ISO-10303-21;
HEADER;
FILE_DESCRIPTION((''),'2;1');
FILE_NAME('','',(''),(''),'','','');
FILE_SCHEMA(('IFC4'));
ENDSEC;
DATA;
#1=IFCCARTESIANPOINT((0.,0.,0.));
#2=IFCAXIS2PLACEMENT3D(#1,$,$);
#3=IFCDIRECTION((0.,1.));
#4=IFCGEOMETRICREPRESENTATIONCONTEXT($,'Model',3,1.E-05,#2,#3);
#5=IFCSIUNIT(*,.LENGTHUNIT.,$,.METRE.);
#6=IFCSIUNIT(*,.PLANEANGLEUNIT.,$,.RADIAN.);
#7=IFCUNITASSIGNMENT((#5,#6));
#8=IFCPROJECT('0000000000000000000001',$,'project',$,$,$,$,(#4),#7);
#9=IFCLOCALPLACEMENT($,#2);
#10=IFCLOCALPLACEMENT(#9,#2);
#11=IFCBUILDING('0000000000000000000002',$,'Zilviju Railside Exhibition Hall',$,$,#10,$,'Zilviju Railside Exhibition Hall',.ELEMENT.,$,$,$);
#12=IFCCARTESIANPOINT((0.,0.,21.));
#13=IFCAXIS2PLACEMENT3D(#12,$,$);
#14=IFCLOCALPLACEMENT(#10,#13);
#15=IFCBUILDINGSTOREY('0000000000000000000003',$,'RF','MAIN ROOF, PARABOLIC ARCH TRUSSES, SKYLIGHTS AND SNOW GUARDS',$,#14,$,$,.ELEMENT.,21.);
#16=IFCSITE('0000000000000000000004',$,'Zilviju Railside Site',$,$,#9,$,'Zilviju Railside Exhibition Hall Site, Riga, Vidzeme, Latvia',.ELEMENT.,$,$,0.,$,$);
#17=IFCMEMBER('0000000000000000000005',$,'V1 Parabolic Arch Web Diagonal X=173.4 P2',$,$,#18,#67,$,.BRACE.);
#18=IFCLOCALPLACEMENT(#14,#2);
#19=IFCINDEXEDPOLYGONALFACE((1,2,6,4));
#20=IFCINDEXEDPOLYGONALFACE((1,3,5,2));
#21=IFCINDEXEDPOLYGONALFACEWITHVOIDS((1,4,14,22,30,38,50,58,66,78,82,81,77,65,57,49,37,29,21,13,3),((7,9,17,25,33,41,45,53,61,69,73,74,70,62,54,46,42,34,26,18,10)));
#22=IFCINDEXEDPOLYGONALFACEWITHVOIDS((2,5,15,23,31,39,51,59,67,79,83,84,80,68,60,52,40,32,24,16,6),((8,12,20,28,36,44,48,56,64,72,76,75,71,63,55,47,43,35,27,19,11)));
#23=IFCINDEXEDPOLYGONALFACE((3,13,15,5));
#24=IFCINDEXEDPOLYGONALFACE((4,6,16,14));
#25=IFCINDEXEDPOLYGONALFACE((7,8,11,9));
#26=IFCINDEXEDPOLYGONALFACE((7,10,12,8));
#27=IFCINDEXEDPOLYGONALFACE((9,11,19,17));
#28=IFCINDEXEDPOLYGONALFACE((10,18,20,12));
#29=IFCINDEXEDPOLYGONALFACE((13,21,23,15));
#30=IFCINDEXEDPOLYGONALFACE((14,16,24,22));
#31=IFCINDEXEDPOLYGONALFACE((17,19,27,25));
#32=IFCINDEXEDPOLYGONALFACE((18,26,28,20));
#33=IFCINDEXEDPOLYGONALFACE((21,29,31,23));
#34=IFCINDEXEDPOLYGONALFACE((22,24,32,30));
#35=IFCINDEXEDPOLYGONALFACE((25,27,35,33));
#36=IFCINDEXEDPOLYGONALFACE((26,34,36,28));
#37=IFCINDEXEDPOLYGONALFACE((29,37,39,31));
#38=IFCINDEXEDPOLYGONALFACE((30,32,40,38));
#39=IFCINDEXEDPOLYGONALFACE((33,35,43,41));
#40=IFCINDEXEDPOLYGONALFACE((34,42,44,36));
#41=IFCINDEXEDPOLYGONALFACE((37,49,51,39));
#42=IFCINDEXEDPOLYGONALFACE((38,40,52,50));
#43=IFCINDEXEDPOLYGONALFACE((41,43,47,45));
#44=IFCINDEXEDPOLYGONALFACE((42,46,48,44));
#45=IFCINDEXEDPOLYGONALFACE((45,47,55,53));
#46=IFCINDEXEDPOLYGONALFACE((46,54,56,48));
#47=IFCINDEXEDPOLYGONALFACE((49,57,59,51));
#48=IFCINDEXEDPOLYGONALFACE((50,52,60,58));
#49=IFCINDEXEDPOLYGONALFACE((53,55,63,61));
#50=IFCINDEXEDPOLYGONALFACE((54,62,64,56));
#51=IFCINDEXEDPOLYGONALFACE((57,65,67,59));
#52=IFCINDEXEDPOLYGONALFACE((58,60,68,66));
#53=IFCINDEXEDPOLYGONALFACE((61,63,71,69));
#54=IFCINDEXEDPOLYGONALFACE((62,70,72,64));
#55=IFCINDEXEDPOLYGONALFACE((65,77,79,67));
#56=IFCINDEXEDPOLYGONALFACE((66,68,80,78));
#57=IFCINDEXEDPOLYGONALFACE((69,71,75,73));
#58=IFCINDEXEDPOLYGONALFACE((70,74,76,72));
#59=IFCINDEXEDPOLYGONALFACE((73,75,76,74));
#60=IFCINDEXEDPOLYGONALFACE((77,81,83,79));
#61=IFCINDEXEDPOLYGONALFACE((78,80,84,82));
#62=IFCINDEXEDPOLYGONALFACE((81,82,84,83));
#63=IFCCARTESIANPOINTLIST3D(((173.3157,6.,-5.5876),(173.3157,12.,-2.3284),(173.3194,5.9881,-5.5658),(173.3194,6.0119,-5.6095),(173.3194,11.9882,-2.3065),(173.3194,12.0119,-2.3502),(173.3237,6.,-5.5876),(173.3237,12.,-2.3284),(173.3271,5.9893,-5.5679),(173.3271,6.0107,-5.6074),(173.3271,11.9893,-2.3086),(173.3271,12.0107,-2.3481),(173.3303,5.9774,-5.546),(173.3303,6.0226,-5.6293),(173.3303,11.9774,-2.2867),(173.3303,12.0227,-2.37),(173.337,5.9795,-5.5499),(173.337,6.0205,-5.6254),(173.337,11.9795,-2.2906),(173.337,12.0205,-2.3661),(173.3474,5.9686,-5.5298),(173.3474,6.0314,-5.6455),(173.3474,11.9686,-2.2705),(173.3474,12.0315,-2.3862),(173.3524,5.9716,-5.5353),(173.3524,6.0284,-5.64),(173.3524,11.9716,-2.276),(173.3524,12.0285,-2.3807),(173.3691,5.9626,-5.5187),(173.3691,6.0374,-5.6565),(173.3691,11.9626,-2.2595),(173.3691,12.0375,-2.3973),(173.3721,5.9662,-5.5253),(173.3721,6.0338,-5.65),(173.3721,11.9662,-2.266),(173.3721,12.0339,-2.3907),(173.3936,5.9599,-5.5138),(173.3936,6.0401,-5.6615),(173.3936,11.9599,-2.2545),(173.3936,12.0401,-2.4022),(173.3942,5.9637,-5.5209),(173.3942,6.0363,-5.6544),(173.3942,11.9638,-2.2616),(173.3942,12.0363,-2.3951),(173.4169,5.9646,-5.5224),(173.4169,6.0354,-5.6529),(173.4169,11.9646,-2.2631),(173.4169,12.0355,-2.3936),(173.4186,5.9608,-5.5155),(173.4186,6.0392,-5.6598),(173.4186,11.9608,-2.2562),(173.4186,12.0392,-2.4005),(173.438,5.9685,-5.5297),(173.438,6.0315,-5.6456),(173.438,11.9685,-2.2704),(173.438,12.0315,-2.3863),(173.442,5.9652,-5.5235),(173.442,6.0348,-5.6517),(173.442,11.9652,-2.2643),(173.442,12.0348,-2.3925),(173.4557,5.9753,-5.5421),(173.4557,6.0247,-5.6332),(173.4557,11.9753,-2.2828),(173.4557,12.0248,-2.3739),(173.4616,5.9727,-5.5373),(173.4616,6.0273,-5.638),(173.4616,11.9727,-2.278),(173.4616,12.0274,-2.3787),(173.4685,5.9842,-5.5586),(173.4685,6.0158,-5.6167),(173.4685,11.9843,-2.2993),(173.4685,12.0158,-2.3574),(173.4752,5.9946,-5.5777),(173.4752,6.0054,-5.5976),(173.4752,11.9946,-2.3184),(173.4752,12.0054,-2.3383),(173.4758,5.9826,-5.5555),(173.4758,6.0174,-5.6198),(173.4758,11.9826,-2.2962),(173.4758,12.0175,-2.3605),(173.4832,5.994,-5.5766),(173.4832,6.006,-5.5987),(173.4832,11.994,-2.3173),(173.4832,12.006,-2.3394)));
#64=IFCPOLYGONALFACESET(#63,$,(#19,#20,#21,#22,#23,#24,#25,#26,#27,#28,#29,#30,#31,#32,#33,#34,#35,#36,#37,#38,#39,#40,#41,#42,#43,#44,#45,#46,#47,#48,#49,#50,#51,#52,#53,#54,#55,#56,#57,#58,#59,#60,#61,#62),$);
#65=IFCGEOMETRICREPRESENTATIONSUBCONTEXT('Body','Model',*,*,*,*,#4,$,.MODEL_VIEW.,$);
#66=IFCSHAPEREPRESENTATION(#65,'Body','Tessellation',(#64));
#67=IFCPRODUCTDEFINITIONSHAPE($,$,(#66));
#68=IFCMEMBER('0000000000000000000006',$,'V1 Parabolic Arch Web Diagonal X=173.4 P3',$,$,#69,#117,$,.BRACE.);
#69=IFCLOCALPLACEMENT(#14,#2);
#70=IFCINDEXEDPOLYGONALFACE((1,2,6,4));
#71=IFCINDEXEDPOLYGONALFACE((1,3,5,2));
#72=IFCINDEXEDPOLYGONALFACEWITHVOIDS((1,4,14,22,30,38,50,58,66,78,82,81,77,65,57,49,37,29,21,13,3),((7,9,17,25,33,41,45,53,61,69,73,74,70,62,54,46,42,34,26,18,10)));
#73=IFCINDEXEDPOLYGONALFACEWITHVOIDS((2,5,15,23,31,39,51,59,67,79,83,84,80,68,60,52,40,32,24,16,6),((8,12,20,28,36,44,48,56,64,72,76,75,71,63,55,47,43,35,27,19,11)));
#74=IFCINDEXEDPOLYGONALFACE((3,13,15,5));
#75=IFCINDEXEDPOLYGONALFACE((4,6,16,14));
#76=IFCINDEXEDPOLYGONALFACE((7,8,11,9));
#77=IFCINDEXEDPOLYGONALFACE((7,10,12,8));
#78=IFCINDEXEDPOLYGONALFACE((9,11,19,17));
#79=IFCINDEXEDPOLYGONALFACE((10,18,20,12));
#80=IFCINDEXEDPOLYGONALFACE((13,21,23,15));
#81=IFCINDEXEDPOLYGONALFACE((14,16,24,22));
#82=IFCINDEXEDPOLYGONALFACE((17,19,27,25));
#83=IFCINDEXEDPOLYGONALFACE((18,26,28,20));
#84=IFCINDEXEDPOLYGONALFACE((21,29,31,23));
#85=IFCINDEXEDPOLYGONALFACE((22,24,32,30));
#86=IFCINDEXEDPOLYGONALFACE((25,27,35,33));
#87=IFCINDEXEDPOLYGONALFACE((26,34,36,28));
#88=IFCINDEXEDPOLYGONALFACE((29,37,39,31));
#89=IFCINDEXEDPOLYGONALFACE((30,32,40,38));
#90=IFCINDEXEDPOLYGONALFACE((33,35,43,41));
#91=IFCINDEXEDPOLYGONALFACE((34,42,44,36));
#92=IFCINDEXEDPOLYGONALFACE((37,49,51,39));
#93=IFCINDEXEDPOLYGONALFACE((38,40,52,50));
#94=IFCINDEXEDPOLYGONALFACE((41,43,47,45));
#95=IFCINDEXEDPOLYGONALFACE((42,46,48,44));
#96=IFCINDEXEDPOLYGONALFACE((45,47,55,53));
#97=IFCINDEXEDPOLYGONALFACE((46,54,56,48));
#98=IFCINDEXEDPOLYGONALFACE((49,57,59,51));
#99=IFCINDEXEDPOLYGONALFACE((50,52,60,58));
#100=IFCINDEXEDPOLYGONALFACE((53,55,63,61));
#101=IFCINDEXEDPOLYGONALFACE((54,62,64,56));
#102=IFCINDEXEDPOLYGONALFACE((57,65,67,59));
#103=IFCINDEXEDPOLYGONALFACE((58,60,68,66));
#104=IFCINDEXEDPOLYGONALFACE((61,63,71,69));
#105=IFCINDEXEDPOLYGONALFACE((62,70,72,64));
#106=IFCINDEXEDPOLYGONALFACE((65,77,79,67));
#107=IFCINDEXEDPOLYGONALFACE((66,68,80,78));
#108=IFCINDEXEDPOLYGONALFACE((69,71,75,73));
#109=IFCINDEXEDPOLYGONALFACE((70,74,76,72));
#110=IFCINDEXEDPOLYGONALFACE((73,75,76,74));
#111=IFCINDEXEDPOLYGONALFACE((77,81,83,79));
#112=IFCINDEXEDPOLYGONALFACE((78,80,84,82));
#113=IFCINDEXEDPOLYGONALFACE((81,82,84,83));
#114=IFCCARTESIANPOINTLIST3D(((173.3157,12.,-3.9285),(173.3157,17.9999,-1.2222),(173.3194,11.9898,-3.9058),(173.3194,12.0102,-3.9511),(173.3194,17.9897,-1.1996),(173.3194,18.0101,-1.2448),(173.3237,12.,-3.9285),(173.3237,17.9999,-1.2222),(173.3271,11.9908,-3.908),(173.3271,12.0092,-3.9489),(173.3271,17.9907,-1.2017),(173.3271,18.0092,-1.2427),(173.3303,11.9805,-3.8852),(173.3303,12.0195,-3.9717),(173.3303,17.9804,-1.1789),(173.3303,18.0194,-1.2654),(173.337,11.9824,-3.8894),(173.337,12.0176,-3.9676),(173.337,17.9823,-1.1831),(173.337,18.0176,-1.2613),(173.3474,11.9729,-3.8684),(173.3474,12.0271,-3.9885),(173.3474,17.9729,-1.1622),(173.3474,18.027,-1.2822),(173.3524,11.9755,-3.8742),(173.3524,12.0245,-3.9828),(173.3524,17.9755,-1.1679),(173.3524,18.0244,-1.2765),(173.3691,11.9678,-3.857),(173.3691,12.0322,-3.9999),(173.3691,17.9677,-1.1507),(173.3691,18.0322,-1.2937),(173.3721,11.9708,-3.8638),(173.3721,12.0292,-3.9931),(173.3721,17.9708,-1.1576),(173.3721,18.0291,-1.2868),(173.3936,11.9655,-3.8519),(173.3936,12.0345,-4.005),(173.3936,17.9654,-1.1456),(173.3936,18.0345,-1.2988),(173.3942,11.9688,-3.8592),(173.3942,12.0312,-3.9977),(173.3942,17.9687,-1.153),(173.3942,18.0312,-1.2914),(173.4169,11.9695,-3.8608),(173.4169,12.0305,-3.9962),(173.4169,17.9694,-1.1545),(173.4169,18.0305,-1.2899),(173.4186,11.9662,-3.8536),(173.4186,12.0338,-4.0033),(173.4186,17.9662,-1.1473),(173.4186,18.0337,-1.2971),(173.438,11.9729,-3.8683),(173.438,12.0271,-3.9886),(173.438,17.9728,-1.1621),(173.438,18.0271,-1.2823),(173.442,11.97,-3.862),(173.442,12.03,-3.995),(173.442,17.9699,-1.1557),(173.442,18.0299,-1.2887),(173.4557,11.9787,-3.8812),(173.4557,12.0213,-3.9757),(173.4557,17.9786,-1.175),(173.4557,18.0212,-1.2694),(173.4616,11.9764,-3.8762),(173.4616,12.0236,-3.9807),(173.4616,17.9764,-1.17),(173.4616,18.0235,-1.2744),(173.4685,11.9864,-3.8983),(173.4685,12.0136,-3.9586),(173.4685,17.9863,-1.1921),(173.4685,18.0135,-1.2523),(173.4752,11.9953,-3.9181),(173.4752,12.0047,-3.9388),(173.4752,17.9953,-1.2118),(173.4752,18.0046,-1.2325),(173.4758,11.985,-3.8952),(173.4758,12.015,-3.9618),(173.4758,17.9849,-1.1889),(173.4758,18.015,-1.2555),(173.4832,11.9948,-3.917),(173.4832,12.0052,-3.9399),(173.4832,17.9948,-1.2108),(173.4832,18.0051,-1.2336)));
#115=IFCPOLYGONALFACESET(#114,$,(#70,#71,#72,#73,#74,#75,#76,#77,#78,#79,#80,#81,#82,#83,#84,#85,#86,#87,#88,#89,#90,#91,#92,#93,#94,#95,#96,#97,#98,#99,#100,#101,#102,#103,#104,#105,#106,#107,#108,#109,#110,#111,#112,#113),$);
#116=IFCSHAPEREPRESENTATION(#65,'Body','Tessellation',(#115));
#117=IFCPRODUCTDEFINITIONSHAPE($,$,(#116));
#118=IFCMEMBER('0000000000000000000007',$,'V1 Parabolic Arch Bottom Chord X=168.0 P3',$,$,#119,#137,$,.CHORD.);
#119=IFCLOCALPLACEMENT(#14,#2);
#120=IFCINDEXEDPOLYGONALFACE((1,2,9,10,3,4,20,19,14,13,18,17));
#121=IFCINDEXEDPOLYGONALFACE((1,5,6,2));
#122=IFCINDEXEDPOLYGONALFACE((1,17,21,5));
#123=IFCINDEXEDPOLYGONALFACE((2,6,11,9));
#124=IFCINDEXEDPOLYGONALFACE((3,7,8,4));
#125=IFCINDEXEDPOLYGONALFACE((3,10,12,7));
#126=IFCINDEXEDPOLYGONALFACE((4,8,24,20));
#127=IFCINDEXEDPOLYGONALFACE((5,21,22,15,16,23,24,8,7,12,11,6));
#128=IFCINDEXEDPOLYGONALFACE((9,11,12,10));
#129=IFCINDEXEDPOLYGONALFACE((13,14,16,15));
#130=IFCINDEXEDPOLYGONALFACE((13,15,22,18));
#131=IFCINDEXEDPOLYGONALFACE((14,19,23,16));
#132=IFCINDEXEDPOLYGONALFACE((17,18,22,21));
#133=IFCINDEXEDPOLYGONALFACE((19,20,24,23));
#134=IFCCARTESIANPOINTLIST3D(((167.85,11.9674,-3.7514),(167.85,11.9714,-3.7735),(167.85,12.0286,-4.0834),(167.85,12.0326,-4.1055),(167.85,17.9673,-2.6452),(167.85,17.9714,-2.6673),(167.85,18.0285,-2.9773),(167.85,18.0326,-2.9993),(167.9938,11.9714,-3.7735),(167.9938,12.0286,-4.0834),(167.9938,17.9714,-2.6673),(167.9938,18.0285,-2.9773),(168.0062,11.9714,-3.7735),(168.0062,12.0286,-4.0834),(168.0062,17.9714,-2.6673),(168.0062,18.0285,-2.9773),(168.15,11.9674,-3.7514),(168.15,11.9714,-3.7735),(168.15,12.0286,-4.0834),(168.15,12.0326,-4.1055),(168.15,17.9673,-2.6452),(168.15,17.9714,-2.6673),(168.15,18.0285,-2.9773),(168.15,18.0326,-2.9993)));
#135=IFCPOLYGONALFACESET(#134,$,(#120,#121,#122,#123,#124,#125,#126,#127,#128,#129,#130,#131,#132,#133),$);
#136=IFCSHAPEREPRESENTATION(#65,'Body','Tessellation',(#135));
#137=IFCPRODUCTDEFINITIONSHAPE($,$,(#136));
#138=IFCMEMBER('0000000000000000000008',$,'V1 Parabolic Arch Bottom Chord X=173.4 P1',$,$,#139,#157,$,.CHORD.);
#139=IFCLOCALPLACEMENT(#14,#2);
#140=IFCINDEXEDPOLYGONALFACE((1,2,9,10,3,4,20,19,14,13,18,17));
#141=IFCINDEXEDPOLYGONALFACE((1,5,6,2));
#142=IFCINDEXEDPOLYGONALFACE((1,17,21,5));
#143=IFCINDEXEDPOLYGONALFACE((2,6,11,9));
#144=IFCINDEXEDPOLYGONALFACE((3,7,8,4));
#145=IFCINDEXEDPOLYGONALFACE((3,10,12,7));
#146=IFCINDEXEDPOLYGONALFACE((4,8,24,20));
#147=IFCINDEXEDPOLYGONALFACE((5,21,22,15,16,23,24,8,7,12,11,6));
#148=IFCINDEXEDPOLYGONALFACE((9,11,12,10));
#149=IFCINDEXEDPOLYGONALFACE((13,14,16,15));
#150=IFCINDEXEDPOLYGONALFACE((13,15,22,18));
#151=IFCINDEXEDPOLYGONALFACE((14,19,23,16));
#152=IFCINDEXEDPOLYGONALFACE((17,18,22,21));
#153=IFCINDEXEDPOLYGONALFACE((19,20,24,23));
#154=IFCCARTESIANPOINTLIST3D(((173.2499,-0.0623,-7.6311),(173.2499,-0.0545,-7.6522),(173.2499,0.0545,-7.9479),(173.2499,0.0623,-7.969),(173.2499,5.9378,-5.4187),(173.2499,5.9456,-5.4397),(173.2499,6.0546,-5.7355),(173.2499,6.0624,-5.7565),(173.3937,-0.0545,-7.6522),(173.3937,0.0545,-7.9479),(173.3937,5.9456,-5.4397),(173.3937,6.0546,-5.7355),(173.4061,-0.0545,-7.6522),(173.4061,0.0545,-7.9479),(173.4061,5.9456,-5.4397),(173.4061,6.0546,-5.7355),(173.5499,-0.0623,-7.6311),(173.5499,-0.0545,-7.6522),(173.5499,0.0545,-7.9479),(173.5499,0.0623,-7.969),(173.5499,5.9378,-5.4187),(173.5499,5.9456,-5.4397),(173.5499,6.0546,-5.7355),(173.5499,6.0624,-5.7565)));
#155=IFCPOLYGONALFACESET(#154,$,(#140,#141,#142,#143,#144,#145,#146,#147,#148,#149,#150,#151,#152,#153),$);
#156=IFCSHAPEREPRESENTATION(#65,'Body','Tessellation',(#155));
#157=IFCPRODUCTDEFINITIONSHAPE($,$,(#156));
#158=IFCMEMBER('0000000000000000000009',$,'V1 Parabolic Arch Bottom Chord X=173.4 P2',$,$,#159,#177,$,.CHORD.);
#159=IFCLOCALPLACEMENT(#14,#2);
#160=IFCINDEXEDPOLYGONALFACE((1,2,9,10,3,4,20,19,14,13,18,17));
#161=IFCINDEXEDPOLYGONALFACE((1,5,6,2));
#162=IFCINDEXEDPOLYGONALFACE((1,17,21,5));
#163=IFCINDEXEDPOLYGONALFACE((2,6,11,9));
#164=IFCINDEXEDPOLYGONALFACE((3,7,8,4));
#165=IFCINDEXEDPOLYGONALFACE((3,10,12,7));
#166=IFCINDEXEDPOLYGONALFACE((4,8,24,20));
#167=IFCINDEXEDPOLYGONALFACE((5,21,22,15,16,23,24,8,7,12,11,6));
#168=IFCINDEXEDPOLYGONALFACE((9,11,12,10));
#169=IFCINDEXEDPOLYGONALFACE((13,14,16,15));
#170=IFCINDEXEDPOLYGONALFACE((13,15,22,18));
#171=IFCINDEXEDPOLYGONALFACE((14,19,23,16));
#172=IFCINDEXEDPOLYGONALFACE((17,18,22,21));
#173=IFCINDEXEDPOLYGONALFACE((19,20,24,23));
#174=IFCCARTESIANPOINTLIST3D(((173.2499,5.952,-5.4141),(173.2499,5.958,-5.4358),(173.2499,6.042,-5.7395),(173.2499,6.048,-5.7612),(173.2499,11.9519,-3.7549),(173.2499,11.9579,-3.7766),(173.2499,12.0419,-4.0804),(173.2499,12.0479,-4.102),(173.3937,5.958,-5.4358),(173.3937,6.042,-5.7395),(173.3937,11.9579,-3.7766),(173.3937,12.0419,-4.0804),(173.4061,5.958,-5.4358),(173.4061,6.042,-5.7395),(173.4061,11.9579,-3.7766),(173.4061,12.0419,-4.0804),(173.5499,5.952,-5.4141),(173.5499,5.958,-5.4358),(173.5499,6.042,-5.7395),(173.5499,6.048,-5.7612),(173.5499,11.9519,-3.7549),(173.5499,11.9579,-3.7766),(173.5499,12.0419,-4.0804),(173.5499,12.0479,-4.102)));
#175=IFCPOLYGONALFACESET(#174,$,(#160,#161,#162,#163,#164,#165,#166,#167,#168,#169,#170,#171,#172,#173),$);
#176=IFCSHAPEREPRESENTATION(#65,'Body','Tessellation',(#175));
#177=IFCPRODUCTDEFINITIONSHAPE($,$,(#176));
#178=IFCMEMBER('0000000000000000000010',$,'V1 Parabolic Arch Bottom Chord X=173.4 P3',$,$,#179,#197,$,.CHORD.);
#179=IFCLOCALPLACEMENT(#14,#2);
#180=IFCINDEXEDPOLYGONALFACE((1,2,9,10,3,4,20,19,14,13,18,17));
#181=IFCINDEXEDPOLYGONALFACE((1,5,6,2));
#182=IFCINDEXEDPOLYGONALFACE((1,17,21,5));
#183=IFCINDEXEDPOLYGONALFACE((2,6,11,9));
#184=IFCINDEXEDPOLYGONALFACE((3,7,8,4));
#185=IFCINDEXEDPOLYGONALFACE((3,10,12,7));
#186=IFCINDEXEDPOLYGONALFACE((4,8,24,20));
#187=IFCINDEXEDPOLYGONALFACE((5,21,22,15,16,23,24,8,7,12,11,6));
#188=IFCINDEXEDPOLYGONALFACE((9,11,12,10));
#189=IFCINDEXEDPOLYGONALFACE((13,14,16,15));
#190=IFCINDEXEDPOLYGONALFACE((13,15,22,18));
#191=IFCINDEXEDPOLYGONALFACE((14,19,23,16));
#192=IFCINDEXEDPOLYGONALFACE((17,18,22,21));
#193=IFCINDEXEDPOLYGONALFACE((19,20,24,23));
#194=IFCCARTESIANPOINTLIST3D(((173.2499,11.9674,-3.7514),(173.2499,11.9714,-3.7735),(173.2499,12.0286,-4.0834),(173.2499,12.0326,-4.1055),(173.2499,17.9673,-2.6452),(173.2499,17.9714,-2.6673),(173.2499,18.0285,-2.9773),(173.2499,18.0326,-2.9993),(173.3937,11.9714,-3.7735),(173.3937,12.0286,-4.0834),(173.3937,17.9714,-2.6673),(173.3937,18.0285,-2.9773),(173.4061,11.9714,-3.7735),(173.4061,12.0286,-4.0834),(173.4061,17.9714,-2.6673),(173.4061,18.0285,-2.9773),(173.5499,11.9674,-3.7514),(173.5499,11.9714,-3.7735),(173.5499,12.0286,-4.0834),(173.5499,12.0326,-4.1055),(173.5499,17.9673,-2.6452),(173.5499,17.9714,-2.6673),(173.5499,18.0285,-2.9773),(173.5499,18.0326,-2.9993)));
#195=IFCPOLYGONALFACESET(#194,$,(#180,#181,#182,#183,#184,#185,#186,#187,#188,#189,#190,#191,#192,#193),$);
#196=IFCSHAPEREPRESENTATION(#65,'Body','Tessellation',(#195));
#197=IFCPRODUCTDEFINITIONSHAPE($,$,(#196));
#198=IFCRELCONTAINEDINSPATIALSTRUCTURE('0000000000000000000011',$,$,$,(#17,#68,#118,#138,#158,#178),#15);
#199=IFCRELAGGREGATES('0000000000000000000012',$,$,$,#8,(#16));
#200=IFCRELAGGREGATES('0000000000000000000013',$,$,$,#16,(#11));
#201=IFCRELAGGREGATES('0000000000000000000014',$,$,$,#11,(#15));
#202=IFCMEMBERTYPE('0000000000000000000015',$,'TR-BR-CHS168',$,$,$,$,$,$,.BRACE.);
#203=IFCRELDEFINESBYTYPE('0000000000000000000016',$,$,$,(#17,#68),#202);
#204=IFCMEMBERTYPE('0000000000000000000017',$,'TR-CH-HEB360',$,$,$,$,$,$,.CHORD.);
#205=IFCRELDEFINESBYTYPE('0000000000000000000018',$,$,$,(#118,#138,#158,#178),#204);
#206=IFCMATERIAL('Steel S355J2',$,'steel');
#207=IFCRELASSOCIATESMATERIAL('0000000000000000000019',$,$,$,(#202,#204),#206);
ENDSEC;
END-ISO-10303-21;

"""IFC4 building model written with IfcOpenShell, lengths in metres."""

from ifc_helpers import new_model, si_unit, direction, frame, origin, origin_2d, place, context, subcontext, project, spatial, hollow_circle, i_section, extrude, material, material_profile, profile_set, type_object, element, save


model = new_model("IFC4")

# Units and contexts
model_context = context("Model", 3, precision=1e-05, world=origin(), true_north=direction((0.0, 1.0)))
body_context = subcontext(model_context, "Body", "Model", "MODEL_VIEW")
ifc_project = project(units=[si_unit("LENGTHUNIT", "METRE"), si_unit("PLANEANGLEUNIT", "RADIAN")], contexts=[model_context])

# Site, building, storey
site_placement = place(None, origin())
site = spatial("IfcSite", under=ifc_project, at=site_placement, Name="Zilviju Railside Site", LongName="Zilviju Railside Exhibition Hall Site, Riga, Vidzeme, Latvia", CompositionType="ELEMENT", RefElevation=0.0)
building_placement = place(site_placement, origin())
building = spatial("IfcBuilding", under=site, at=building_placement, Name="Zilviju Railside Exhibition Hall", LongName="Zilviju Railside Exhibition Hall", CompositionType="ELEMENT")
storey_placement = place(building_placement, frame((0.0, 0.0, 21.0)))
storey = spatial("IfcBuildingStorey", under=building, at=storey_placement, Name="RF", Description="MAIN ROOF, PARABOLIC ARCH TRUSSES, SKYLIGHTS AND SNOW GUARDS", CompositionType="ELEMENT", Elevation=21.0)

# Members
ifc_material_1 = material(Name="Steel S355J2", Category="steel")
ifc_material_profile_1 = material_profile(ifc_material_1, hollow_circle(Radius=0.0842, WallThickness=0.0081, at=origin_2d()), Name="CHS 168.3x8.0")
ifc_profile_set_1 = profile_set([ifc_material_profile_1], Name="Steel S355J2")
member_type_1 = type_object("IfcMemberType", Name="TR-BR-CHS168", PredefinedType="BRACE", material=ifc_profile_set_1)
member_1_placement = place(storey_placement, frame((173.3999, 6.0, -5.5876), z_axis=(0.0, 0.878722, 0.477333), x_axis=(-1.0, 0.0, 0.0)))
element("IfcMember", 1, at=member_1_placement, inside=storey, type_object=member_type_1, Name="V1 Parabolic Arch Web Diagonal X=173.4 P2", PredefinedType="BRACE", context=body_context, shape_type="SweptSolid", body=[
    extrude(hollow_circle(Radius=0.0842, WallThickness=0.0081, at=origin_2d()), origin(), (0.0, 0.0, 1.0), 6.8281),
])
member_2_placement = place(storey_placement, frame((173.3999, 12.0, -3.9285), z_axis=(0.0, 0.911563, 0.41116), x_axis=(-1.0, 0.0, 0.0)))
element("IfcMember", 2, at=member_2_placement, inside=storey, type_object=member_type_1, Name="V1 Parabolic Arch Web Diagonal X=173.4 P3", PredefinedType="BRACE", context=body_context, shape_type="SweptSolid", body=[
    extrude(hollow_circle(Radius=0.0842, WallThickness=0.0081, at=origin_2d()), origin(), (0.0, 0.0, 1.0), 6.582),
])
ifc_material_profile_2 = material_profile(ifc_material_1, i_section(OverallWidth=0.3, OverallDepth=0.3601, WebThickness=0.0125, FlangeThickness=0.0225, at=origin_2d()), Name="HEB 360")
ifc_profile_set_2 = profile_set([ifc_material_profile_2], Name="Steel S355J2")
member_type_2 = type_object("IfcMemberType", Name="TR-CH-HEB360", PredefinedType="CHORD", material=ifc_profile_set_2)
member_3_placement = place(storey_placement, frame((168.0, 12.0, -3.9285), z_axis=(0.0, 0.983426, 0.181311), x_axis=(-1.0, 0.0, 0.0)))
element("IfcMember", 3, at=member_3_placement, inside=storey, type_object=member_type_2, Name="V1 Parabolic Arch Bottom Chord X=168.0 P3", PredefinedType="CHORD", context=body_context, shape_type="SweptSolid", body=[
    extrude(i_section(OverallWidth=0.3, OverallDepth=0.3601, WebThickness=0.0125, FlangeThickness=0.0225, at=origin_2d()), origin(), (0.0, 0.0, 1.0), 6.1011),
])
member_4_placement = place(storey_placement, frame((173.3999, 0.0, -7.8), z_axis=(0.0, 0.938248, 0.345964), x_axis=(-1.0, 0.0, 0.0)))
element("IfcMember", 4, at=member_4_placement, inside=storey, type_object=member_type_2, Name="V1 Parabolic Arch Bottom Chord X=173.4 P1", PredefinedType="CHORD", context=body_context, shape_type="SweptSolid", body=[
    extrude(i_section(OverallWidth=0.3, OverallDepth=0.3601, WebThickness=0.0125, FlangeThickness=0.0225, at=origin_2d()), origin(), (0.0, 0.0, 1.0), 6.395),
])
member_5_placement = place(storey_placement, frame((173.3999, 6.0, -5.5876), z_axis=(0.0, 0.963827, 0.266527), x_axis=(-1.0, 0.0, 0.0)))
element("IfcMember", 5, at=member_5_placement, inside=storey, type_object=member_type_2, Name="V1 Parabolic Arch Bottom Chord X=173.4 P2", PredefinedType="CHORD", context=body_context, shape_type="SweptSolid", body=[
    extrude(i_section(OverallWidth=0.3, OverallDepth=0.3601, WebThickness=0.0125, FlangeThickness=0.0225, at=origin_2d()), origin(), (0.0, 0.0, 1.0), 6.2251),
])
member_6_placement = place(storey_placement, frame((173.3999, 12.0, -3.9285), z_axis=(0.0, 0.983426, 0.181311), x_axis=(-1.0, 0.0, 0.0)))
element("IfcMember", 6, at=member_6_placement, inside=storey, type_object=member_type_2, Name="V1 Parabolic Arch Bottom Chord X=173.4 P3", PredefinedType="CHORD", context=body_context, shape_type="SweptSolid", body=[
    extrude(i_section(OverallWidth=0.3, OverallDepth=0.3601, WebThickness=0.0125, FlangeThickness=0.0225, at=origin_2d()), origin(), (0.0, 0.0, 1.0), 6.1011),
])

save(model, "model.ifc")
